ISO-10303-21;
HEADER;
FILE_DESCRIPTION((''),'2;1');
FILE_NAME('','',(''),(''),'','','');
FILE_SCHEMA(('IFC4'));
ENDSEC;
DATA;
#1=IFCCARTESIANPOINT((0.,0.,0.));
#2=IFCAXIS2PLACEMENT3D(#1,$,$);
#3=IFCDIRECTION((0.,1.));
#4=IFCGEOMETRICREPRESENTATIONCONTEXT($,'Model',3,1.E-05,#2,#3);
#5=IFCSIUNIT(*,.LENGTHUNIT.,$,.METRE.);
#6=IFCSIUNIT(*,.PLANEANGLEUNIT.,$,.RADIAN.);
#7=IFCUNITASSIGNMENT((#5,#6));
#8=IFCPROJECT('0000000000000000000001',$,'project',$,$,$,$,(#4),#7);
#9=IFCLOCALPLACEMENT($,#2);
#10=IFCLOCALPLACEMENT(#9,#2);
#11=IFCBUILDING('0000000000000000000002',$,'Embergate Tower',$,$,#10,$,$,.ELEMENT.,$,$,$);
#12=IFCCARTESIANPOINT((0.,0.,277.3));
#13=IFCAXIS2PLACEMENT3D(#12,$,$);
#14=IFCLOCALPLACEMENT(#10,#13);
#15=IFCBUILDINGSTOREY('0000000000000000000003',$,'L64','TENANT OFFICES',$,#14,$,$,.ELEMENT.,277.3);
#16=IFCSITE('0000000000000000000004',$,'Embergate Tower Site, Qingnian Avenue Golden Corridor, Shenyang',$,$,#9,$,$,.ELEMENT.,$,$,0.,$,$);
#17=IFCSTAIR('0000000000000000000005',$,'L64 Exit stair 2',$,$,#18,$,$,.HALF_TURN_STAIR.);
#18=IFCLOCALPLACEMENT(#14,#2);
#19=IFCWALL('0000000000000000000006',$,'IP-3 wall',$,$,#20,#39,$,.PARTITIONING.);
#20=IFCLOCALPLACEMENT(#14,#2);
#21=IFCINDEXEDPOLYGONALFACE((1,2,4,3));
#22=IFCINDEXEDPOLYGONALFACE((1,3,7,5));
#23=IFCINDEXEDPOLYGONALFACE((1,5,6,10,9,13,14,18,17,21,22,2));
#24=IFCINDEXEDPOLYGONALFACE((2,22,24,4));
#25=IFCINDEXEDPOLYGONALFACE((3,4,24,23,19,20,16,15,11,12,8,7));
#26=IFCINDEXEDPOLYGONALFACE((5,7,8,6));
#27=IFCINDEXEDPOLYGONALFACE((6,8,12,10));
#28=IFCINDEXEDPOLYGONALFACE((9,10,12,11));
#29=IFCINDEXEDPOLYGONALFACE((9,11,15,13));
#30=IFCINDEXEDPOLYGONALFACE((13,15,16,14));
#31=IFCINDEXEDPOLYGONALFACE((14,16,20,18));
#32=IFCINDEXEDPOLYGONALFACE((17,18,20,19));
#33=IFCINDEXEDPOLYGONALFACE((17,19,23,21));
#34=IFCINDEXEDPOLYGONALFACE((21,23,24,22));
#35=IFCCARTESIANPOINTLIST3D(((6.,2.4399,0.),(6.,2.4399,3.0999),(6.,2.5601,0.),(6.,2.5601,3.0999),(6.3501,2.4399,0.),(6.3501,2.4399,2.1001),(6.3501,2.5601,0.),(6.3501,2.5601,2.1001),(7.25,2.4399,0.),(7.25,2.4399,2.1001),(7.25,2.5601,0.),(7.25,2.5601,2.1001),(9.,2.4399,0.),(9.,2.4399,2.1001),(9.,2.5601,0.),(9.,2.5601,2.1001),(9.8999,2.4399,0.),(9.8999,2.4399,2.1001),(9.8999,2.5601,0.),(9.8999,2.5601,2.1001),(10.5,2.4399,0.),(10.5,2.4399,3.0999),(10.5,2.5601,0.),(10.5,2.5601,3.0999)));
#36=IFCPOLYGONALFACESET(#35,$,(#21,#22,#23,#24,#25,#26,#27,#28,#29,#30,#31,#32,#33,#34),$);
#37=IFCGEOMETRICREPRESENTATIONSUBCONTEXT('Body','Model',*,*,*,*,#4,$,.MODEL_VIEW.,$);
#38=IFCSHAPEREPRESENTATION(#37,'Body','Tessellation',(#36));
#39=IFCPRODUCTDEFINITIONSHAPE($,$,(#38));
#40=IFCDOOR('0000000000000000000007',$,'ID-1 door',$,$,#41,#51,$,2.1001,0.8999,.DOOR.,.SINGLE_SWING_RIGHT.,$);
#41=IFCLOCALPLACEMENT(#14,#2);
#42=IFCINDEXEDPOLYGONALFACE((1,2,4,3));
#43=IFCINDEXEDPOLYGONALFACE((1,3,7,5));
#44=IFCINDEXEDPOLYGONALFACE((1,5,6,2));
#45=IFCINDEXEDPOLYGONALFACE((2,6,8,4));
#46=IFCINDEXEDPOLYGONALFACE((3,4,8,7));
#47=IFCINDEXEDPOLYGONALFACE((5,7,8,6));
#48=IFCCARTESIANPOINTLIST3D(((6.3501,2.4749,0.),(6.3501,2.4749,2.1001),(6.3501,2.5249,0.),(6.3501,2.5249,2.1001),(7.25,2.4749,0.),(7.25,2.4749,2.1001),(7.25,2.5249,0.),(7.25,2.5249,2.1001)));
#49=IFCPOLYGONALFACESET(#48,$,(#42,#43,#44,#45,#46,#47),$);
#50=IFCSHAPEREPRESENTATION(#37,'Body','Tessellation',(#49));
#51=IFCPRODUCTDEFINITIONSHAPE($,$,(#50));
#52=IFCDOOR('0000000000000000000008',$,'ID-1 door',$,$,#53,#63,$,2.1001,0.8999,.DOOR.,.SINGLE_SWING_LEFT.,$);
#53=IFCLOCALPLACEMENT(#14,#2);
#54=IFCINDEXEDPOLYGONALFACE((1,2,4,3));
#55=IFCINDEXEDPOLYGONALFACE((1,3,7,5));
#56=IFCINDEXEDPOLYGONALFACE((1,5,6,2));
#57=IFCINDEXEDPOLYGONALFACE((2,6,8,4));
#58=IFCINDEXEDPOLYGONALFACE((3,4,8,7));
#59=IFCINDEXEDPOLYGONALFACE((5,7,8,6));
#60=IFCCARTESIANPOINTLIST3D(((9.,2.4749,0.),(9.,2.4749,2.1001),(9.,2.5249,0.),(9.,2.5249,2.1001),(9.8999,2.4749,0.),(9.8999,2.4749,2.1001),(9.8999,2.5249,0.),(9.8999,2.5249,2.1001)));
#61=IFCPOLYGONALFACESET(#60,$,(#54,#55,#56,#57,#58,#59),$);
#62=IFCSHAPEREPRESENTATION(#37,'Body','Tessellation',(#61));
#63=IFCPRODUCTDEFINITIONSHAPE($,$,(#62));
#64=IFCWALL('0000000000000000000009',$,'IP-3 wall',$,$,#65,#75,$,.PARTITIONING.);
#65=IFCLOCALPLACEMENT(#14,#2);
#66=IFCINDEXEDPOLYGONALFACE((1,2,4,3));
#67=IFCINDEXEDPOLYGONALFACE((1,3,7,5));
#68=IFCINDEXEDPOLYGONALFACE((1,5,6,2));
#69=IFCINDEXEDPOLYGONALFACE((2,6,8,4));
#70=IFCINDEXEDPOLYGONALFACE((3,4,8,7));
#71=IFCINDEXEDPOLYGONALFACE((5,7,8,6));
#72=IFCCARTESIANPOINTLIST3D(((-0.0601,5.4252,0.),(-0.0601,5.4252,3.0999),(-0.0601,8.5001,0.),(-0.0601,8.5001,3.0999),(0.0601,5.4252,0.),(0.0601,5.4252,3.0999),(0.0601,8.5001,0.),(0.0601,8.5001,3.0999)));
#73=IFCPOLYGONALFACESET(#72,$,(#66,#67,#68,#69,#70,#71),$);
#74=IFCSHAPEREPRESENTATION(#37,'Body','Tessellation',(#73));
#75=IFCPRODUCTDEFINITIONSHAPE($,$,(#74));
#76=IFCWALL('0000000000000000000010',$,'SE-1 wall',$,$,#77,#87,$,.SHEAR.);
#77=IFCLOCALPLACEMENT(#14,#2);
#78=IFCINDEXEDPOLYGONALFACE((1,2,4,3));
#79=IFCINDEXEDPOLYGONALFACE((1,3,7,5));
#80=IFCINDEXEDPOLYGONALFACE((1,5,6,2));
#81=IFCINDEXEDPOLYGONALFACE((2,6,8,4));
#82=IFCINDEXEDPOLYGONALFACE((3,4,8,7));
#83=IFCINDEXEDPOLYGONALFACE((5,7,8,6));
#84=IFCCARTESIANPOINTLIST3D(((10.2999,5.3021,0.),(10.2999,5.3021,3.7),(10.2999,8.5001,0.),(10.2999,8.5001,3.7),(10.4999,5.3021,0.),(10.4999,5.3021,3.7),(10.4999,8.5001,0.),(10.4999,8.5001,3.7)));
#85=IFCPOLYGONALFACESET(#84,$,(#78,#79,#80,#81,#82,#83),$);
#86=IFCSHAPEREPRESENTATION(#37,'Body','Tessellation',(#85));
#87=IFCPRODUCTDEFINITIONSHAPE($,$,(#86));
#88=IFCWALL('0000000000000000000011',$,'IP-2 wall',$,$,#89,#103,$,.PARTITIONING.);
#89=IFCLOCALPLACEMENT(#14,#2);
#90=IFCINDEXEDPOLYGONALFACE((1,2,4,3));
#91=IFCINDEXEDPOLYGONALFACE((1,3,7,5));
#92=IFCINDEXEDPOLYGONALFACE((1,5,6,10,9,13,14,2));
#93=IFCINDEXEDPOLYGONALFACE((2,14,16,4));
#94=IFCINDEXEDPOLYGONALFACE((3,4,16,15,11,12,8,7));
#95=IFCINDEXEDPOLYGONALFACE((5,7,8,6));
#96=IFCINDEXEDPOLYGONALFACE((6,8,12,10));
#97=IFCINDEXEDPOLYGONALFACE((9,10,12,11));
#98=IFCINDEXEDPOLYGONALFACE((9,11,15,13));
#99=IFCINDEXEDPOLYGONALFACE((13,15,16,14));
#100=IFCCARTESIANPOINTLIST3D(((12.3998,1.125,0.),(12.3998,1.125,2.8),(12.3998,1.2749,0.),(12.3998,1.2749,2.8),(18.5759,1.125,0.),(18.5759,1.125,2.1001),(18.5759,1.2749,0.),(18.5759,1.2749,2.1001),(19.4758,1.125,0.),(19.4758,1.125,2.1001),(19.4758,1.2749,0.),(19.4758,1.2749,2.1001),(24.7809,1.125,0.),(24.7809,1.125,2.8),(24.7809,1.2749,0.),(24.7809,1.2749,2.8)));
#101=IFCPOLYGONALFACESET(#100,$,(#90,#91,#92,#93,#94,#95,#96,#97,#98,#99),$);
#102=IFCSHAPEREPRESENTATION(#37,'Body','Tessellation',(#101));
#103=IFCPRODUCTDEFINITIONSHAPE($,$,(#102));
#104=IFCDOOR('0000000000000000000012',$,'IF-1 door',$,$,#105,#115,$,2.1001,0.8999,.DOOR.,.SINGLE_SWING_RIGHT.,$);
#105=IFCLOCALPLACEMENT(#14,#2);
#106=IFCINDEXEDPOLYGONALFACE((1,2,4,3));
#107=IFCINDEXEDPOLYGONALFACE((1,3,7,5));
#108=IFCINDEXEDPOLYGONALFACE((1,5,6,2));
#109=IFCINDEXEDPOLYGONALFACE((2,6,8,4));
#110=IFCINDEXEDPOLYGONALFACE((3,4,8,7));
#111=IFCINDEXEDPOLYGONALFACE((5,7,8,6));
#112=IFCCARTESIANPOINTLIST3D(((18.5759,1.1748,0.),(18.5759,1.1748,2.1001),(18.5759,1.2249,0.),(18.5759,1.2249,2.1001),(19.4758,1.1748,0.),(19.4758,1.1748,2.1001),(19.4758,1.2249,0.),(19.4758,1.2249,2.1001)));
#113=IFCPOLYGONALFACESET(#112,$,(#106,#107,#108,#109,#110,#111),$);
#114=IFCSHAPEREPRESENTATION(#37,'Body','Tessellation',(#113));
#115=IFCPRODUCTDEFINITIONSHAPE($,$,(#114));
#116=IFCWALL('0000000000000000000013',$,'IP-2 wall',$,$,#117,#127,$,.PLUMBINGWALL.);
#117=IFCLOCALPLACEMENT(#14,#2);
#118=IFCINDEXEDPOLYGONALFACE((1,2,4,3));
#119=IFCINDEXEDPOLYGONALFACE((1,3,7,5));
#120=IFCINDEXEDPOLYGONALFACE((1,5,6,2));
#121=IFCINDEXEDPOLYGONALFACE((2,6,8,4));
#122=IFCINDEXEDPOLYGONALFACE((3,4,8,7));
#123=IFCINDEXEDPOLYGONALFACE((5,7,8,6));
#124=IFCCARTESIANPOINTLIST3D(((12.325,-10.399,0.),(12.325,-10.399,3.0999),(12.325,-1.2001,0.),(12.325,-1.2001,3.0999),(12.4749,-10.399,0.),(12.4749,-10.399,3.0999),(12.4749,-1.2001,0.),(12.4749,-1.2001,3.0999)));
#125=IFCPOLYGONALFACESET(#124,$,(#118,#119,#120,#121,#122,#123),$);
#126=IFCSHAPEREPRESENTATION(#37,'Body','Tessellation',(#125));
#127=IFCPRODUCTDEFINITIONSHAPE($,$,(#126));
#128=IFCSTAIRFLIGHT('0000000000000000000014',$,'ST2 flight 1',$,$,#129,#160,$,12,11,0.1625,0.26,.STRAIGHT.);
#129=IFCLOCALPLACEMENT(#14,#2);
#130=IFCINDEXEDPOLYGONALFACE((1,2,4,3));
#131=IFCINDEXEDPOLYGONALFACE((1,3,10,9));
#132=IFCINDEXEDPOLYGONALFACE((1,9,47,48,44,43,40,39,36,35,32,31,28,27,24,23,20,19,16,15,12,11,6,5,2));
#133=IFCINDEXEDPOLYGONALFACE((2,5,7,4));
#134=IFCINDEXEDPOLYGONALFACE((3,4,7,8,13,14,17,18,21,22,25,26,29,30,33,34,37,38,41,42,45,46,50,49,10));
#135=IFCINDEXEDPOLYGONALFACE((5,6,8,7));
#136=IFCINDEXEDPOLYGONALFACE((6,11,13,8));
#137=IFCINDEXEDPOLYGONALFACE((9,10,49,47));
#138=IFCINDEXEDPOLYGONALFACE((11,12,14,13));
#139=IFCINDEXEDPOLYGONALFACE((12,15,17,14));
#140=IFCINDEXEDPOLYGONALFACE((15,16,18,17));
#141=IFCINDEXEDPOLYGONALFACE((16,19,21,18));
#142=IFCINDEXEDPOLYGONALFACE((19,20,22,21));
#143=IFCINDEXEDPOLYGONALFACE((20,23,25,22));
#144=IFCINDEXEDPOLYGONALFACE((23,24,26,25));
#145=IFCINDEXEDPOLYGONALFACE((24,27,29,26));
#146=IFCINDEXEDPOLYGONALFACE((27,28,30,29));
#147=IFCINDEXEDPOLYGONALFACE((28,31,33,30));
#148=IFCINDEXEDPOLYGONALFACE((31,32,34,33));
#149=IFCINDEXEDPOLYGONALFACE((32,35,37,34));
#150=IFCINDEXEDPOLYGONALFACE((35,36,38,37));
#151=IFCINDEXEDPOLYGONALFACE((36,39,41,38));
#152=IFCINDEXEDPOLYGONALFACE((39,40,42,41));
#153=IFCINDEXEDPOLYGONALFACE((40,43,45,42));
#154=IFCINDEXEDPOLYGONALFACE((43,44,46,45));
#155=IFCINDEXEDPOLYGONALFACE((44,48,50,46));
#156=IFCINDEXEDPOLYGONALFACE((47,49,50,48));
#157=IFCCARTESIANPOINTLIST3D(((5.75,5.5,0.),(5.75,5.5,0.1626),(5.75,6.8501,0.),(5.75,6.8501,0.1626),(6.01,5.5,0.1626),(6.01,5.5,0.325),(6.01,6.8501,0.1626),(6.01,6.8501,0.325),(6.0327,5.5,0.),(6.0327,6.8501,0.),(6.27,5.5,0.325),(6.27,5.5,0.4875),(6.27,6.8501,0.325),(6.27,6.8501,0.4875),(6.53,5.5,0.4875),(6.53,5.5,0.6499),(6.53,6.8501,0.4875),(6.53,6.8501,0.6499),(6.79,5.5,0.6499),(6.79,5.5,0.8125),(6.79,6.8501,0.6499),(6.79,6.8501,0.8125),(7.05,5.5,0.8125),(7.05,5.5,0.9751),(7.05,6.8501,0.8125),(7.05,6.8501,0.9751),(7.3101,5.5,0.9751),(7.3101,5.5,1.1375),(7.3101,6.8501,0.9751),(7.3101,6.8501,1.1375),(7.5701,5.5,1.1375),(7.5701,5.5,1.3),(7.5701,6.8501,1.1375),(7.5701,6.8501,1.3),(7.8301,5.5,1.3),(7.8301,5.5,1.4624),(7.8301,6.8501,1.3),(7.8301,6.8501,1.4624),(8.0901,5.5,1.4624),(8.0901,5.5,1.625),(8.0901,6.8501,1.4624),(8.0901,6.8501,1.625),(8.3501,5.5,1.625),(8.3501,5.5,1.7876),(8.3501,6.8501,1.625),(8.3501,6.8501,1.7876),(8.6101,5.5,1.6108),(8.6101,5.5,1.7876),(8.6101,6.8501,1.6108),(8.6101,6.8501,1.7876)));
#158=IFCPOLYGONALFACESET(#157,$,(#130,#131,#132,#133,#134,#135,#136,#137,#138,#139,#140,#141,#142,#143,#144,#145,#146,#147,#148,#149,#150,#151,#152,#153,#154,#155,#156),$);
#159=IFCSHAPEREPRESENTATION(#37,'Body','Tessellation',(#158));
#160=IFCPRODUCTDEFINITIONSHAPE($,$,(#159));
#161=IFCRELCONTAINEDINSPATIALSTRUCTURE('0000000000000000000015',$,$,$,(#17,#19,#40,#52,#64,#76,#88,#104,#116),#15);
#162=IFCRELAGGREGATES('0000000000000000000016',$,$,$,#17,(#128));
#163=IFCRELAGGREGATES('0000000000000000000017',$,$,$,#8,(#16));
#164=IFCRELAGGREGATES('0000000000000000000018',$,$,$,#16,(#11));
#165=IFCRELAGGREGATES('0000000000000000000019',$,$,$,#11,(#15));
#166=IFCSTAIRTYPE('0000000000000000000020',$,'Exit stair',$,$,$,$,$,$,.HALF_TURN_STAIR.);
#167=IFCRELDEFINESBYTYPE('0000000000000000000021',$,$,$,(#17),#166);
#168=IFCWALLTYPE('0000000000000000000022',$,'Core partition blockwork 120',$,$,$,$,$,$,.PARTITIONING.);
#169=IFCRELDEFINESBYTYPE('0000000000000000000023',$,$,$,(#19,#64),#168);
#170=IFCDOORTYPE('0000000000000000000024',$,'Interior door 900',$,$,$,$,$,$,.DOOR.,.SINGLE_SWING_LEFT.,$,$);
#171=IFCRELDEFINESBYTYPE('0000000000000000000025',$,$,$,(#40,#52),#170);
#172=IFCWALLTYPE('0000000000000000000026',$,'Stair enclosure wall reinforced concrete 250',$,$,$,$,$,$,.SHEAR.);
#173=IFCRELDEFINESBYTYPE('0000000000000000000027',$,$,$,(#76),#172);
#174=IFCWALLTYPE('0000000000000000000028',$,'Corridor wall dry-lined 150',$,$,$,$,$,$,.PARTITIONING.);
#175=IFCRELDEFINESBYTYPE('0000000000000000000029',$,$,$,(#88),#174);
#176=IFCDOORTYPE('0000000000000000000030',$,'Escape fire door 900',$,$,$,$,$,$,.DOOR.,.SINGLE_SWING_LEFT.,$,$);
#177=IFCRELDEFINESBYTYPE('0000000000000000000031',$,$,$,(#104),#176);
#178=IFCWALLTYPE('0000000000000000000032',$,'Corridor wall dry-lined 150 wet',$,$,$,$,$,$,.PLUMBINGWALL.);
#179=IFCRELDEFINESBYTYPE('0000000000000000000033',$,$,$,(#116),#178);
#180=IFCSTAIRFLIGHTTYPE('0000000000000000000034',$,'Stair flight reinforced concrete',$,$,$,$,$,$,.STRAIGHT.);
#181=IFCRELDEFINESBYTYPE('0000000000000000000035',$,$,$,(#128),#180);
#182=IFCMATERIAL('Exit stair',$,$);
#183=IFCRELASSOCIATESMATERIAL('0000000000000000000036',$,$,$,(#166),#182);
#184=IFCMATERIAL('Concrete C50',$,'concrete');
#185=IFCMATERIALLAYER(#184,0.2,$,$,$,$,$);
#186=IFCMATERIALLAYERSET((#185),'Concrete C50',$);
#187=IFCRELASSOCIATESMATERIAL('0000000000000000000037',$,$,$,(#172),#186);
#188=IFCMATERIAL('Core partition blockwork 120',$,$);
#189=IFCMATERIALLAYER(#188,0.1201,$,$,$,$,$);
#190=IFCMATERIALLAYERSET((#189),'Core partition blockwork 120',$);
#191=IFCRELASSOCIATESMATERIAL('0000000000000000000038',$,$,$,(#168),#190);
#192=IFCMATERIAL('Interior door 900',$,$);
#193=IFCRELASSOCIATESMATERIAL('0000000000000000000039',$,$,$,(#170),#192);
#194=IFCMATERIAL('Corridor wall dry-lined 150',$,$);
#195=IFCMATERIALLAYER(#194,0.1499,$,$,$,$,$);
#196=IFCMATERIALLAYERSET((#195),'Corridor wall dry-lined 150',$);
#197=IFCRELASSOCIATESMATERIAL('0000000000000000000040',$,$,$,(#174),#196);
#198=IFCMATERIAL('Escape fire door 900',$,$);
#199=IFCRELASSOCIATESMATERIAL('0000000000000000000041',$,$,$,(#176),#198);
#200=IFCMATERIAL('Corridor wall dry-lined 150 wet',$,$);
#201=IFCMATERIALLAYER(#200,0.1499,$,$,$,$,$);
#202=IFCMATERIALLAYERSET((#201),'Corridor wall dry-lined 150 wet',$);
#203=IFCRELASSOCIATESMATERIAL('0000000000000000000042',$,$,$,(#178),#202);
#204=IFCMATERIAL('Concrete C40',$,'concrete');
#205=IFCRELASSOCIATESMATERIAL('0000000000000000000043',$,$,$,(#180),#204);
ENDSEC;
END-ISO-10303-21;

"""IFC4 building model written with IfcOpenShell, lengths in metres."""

from ifc_helpers import new_model, si_unit, direction, frame, frame_2d, origin, place, context, subcontext, project, spatial, polyline, rectangle, outline, extrude, source, transform, mapped, material, layer, layer_set, type_object, element, fill, aggregate, save


model = new_model("IFC4")

# Units and contexts
model_context = context("Model", 3, precision=1e-05, world=origin(), true_north=direction((0.0, 1.0)))
body_context = subcontext(model_context, "Body", "Model", "MODEL_VIEW")
ifc_project = project(units=[si_unit("LENGTHUNIT", "METRE"), si_unit("PLANEANGLEUNIT", "RADIAN")], contexts=[model_context])

# Site, building, storey
site_placement = place(None, origin())
site = spatial("IfcSite", under=ifc_project, at=site_placement, Name="Embergate Tower Site, Qingnian Avenue Golden Corridor, Shenyang", CompositionType="ELEMENT", RefElevation=0.0)
building_placement = place(site_placement, origin())
building = spatial("IfcBuilding", under=site, at=building_placement, Name="Embergate Tower", CompositionType="ELEMENT")
storey_placement = place(building_placement, frame((0.0, 0.0, 277.3)))
storey = spatial("IfcBuildingStorey", under=building, at=storey_placement, Name="L64", Description="TENANT OFFICES", CompositionType="ELEMENT", Elevation=277.3)

# Stair
ifc_material_1 = material(Name="Exit stair")
stair_type = type_object("IfcStairType", Name="Exit stair", PredefinedType="HALF_TURN_STAIR", material=ifc_material_1)
stair_placement = place(storey_placement, origin())
stair = element("IfcStair", 1, at=stair_placement, inside=storey, type_object=stair_type, Name="L64 Exit stair 2", PredefinedType="HALF_TURN_STAIR")
ifc_material_2 = material(Name="Concrete C40", Category="concrete")

# Shared definitions
ifc_material_3 = material(Name="Concrete C50", Category="concrete")

# Shared definitions
ifc_layer_1 = layer(ifc_material_3, 0.2)
ifc_layer_set_1 = layer_set([ifc_layer_1], Name="Concrete C50")
wall_type_1 = type_object("IfcWallType", Name="Stair enclosure wall reinforced concrete 250", PredefinedType="SHEAR", material=ifc_layer_set_1)
ifc_material_4 = material(Name="Core partition blockwork 120")
ifc_layer_2 = layer(ifc_material_4, 0.1201)
ifc_layer_set_2 = layer_set([ifc_layer_2], Name="Core partition blockwork 120")
wall_type_2 = type_object("IfcWallType", Name="Core partition blockwork 120", PredefinedType="PARTITIONING", material=ifc_layer_set_2)

# Wall, openings, doors
shared_shape_1 = source(origin(), body_context, "Body", "SweptSolid", [
    extrude(rectangle(XDim=4.5, YDim=0.1201, at=frame_2d((2.25, 0.0))), origin(), (0.0, 0.0, 1.0), 3.0999),
])
wall_1_placement = place(storey_placement, frame((6.0, 2.5, 0.0), z_axis=(0.0, 0.0, 1.0), x_axis=(1.0, 0.0, 0.0)))
wall_1 = element("IfcWall", 2, at=wall_1_placement, inside=storey, type_object=wall_type_2, Name="IP-3 wall", PredefinedType="PARTITIONING", context=body_context, shape_type="MappedRepresentation", body=[
    mapped(shared_shape_1, transform((0.0, 0.0, 0.0))),
])
shared_shape_2 = source(origin(), body_context, "Body", "SweptSolid", [
    extrude(rectangle(XDim=0.8999, YDim=2.1001, at=frame_2d((0.45, 1.05))), frame((0.0, 0.0701, 0.0), z_axis=(0.0, -1.0, 0.0), x_axis=(1.0, 0.0, 0.0)), (0.0, 0.0, 1.0), 0.1401),
])
opening_1_placement = place(wall_1_placement, frame((0.3501, 0.0, 0.0)))
opening_1 = element("IfcOpeningElement", 3, at=opening_1_placement, cuts=wall_1, PredefinedType="OPENING", context=body_context, shape_type="MappedRepresentation", body=[
    mapped(shared_shape_2, transform((0.0, 0.0, 0.0))),
])
opening_2_placement = place(wall_1_placement, frame((3.0, 0.0, 0.0)))
opening_2 = element("IfcOpeningElement", 4, at=opening_2_placement, cuts=wall_1, PredefinedType="OPENING", context=body_context, shape_type="MappedRepresentation", body=[
    mapped(shared_shape_2, transform((0.0, 0.0, 0.0))),
])
ifc_material_5 = material(Name="Interior door 900")
door_type_1 = type_object("IfcDoorType", Name="Interior door 900", OperationType="SINGLE_SWING_LEFT", PredefinedType="DOOR", material=ifc_material_5)
shared_shape_3 = source(origin(), body_context, "Body", "SweptSolid", [
    extrude(rectangle(XDim=0.8999, YDim=2.1001, at=frame_2d((0.45, 1.05))), frame((0.0, 0.0249, 0.0), z_axis=(0.0, -1.0, 0.0), x_axis=(1.0, 0.0, 0.0)), (0.0, 0.0, 1.0), 0.05),
])
door_1_placement = place(opening_1_placement, origin())
door_1 = element("IfcDoor", 5, at=door_1_placement, inside=storey, type_object=door_type_1, Name="ID-1 door", OperationType="SINGLE_SWING_RIGHT", OverallHeight=2.1001, OverallWidth=0.8999, PredefinedType="DOOR", context=body_context, shape_type="MappedRepresentation", body=[
    mapped(shared_shape_3, transform((0.0, 0.0, 0.0))),
])
fill(opening_1, door_1)
door_2_placement = place(opening_2_placement, origin())
door_2 = element("IfcDoor", 6, at=door_2_placement, inside=storey, type_object=door_type_1, Name="ID-1 door", OperationType="SINGLE_SWING_LEFT", OverallHeight=2.1001, OverallWidth=0.8999, PredefinedType="DOOR", context=body_context, shape_type="MappedRepresentation", body=[
    mapped(shared_shape_3, transform((0.0, 0.0, 0.0))),
])
fill(opening_2, door_2)

# Walls
shared_shape_4 = source(origin(), body_context, "Body", "SweptSolid", [
    extrude(rectangle(XDim=3.075, YDim=0.1201, at=frame_2d((1.5376, 0.0))), origin(), (0.0, 0.0, 1.0), 3.0999),
])
wall_2_placement = place(storey_placement, frame((0.0, 5.425, 0.0), z_axis=(0.0, 0.0, 1.0), x_axis=(0.0, 1.0, 0.0)))
element("IfcWall", 7, at=wall_2_placement, inside=storey, type_object=wall_type_2, Name="IP-3 wall", PredefinedType="PARTITIONING", context=body_context, shape_type="MappedRepresentation", body=[
    mapped(shared_shape_4, transform((0.0, 0.0, 0.0))),
])
shared_shape_5 = source(origin(), body_context, "Body", "SweptSolid", [
    extrude(rectangle(XDim=3.198, YDim=0.2, at=frame_2d((1.5991, 0.0))), origin(), (0.0, 0.0, 1.0), 3.7),
])
wall_3_placement = place(storey_placement, frame((10.3999, 5.302, 0.0), z_axis=(0.0, 0.0, 1.0), x_axis=(0.0, 1.0, 0.0)))
element("IfcWall", 8, at=wall_3_placement, inside=storey, type_object=wall_type_1, Name="SE-1 wall", PredefinedType="SHEAR", context=body_context, shape_type="MappedRepresentation", body=[
    mapped(shared_shape_5, transform((0.0, 0.0, 0.0))),
])

# Wall, opening, door
ifc_material_6 = material(Name="Corridor wall dry-lined 150")
ifc_layer_3 = layer(ifc_material_6, 0.1499)
ifc_layer_set_3 = layer_set([ifc_layer_3], Name="Corridor wall dry-lined 150")
wall_type_3 = type_object("IfcWallType", Name="Corridor wall dry-lined 150", PredefinedType="PARTITIONING", material=ifc_layer_set_3)
shared_shape_6 = source(origin(), body_context, "Body", "SweptSolid", [
    extrude(rectangle(XDim=12.3811, YDim=0.1499, at=frame_2d((6.1904, 0.0))), origin(), (0.0, 0.0, 1.0), 2.8),
])
wall_4_placement = place(storey_placement, frame((12.3999, 1.2, 0.0), z_axis=(0.0, 0.0, 1.0), x_axis=(1.0, 0.0, 0.0)))
wall_4 = element("IfcWall", 9, at=wall_4_placement, inside=storey, type_object=wall_type_3, Name="IP-2 wall", PredefinedType="PARTITIONING", context=body_context, shape_type="MappedRepresentation", body=[
    mapped(shared_shape_6, transform((0.0, 0.0, 0.0))),
])
shared_shape_7 = source(origin(), body_context, "Body", "SweptSolid", [
    extrude(rectangle(XDim=0.8999, YDim=2.1001, at=frame_2d((0.45, 1.05))), frame((0.0, 0.085, 0.0), z_axis=(0.0, -1.0, 0.0), x_axis=(1.0, 0.0, 0.0)), (0.0, 0.0, 1.0), 0.1699),
])
opening_3_placement = place(wall_4_placement, frame((6.176, 0.0, 0.0)))
opening_3 = element("IfcOpeningElement", 10, at=opening_3_placement, cuts=wall_4, PredefinedType="OPENING", context=body_context, shape_type="MappedRepresentation", body=[
    mapped(shared_shape_7, transform((0.0, 0.0, 0.0))),
])
ifc_material_7 = material(Name="Escape fire door 900")
door_type_2 = type_object("IfcDoorType", Name="Escape fire door 900", OperationType="SINGLE_SWING_LEFT", PredefinedType="DOOR", material=ifc_material_7)
door_3_placement = place(opening_3_placement, origin())
door_3 = element("IfcDoor", 11, at=door_3_placement, inside=storey, type_object=door_type_2, Name="IF-1 door", OperationType="SINGLE_SWING_RIGHT", OverallHeight=2.1001, OverallWidth=0.8999, PredefinedType="DOOR", context=body_context, shape_type="MappedRepresentation", body=[
    mapped(shared_shape_3, transform((0.0, 0.0, 0.0))),
])
fill(opening_3, door_3)

# Wall
ifc_material_8 = material(Name="Corridor wall dry-lined 150 wet")
ifc_layer_4 = layer(ifc_material_8, 0.1499)
ifc_layer_set_4 = layer_set([ifc_layer_4], Name="Corridor wall dry-lined 150 wet")
wall_type_4 = type_object("IfcWallType", Name="Corridor wall dry-lined 150 wet", PredefinedType="PLUMBINGWALL", material=ifc_layer_set_4)
shared_shape_8 = source(origin(), body_context, "Body", "SweptSolid", [
    extrude(rectangle(XDim=9.199, YDim=0.1499, at=frame_2d((4.5996, 0.0))), origin(), (0.0, 0.0, 1.0), 3.0999),
])
wall_5_placement = place(storey_placement, frame((12.3999, -1.2, 0.0), z_axis=(0.0, 0.0, 1.0), x_axis=(0.0, -1.0, 0.0)))
element("IfcWall", 12, at=wall_5_placement, inside=storey, type_object=wall_type_4, Name="IP-2 wall", PredefinedType="PLUMBINGWALL", context=body_context, shape_type="MappedRepresentation", body=[
    mapped(shared_shape_8, transform((0.0, 0.0, 0.0))),
])

# Stair flight
stair_flight_type = type_object("IfcStairFlightType", Name="Stair flight reinforced concrete", PredefinedType="STRAIGHT", material=ifc_material_2)
shared_shape_9 = source(origin(), body_context, "Body", "SweptSolid", [
    extrude(outline(polyline([(0.0, 0.0), (0.0, 0.1626), (0.26, 0.1626), (0.26, 0.325), (0.52, 0.325), (0.52, 0.4875), (0.78, 0.4875), (0.78, 0.6499), (1.04, 0.6499), (1.04, 0.8125), (1.3, 0.8125), (1.3, 0.9751), (1.5601, 0.9751), (1.5601, 1.1375), (1.8201, 1.1375), (1.8201, 1.3), (2.0801, 1.3), (2.0801, 1.4624), (2.3401, 1.4624), (2.3401, 1.625), (2.6001, 1.625), (2.6001, 1.7876), (2.8601, 1.7876), (2.8601, 1.95), (2.8601, 1.6108), (0.2827, 0.0), (0.0, 0.0)])), frame((0.0, 0.675, 0.0), z_axis=(0.0, -1.0, 0.0), x_axis=(1.0, 0.0, 0.0)), (0.0, 0.0, 1.0), 1.3501),
])
stair_flight_placement = place(storey_placement, frame((5.75, 6.175, 0.0), z_axis=(0.0, 0.0, 1.0), x_axis=(1.0, 0.0, 0.0)))
stair_flight = element("IfcStairFlight", 13, at=stair_flight_placement, type_object=stair_flight_type, Name="ST2 flight 1", NumberOfRisers=12, NumberOfTreads=11, PredefinedType="STRAIGHT", RiserHeight=0.1625, TreadLength=0.26, context=body_context, shape_type="MappedRepresentation", body=[
    mapped(shared_shape_9, transform((0.0, 0.0, 0.0))),
])
aggregate(stair, [stair_flight])

save(model, "model.ifc")
